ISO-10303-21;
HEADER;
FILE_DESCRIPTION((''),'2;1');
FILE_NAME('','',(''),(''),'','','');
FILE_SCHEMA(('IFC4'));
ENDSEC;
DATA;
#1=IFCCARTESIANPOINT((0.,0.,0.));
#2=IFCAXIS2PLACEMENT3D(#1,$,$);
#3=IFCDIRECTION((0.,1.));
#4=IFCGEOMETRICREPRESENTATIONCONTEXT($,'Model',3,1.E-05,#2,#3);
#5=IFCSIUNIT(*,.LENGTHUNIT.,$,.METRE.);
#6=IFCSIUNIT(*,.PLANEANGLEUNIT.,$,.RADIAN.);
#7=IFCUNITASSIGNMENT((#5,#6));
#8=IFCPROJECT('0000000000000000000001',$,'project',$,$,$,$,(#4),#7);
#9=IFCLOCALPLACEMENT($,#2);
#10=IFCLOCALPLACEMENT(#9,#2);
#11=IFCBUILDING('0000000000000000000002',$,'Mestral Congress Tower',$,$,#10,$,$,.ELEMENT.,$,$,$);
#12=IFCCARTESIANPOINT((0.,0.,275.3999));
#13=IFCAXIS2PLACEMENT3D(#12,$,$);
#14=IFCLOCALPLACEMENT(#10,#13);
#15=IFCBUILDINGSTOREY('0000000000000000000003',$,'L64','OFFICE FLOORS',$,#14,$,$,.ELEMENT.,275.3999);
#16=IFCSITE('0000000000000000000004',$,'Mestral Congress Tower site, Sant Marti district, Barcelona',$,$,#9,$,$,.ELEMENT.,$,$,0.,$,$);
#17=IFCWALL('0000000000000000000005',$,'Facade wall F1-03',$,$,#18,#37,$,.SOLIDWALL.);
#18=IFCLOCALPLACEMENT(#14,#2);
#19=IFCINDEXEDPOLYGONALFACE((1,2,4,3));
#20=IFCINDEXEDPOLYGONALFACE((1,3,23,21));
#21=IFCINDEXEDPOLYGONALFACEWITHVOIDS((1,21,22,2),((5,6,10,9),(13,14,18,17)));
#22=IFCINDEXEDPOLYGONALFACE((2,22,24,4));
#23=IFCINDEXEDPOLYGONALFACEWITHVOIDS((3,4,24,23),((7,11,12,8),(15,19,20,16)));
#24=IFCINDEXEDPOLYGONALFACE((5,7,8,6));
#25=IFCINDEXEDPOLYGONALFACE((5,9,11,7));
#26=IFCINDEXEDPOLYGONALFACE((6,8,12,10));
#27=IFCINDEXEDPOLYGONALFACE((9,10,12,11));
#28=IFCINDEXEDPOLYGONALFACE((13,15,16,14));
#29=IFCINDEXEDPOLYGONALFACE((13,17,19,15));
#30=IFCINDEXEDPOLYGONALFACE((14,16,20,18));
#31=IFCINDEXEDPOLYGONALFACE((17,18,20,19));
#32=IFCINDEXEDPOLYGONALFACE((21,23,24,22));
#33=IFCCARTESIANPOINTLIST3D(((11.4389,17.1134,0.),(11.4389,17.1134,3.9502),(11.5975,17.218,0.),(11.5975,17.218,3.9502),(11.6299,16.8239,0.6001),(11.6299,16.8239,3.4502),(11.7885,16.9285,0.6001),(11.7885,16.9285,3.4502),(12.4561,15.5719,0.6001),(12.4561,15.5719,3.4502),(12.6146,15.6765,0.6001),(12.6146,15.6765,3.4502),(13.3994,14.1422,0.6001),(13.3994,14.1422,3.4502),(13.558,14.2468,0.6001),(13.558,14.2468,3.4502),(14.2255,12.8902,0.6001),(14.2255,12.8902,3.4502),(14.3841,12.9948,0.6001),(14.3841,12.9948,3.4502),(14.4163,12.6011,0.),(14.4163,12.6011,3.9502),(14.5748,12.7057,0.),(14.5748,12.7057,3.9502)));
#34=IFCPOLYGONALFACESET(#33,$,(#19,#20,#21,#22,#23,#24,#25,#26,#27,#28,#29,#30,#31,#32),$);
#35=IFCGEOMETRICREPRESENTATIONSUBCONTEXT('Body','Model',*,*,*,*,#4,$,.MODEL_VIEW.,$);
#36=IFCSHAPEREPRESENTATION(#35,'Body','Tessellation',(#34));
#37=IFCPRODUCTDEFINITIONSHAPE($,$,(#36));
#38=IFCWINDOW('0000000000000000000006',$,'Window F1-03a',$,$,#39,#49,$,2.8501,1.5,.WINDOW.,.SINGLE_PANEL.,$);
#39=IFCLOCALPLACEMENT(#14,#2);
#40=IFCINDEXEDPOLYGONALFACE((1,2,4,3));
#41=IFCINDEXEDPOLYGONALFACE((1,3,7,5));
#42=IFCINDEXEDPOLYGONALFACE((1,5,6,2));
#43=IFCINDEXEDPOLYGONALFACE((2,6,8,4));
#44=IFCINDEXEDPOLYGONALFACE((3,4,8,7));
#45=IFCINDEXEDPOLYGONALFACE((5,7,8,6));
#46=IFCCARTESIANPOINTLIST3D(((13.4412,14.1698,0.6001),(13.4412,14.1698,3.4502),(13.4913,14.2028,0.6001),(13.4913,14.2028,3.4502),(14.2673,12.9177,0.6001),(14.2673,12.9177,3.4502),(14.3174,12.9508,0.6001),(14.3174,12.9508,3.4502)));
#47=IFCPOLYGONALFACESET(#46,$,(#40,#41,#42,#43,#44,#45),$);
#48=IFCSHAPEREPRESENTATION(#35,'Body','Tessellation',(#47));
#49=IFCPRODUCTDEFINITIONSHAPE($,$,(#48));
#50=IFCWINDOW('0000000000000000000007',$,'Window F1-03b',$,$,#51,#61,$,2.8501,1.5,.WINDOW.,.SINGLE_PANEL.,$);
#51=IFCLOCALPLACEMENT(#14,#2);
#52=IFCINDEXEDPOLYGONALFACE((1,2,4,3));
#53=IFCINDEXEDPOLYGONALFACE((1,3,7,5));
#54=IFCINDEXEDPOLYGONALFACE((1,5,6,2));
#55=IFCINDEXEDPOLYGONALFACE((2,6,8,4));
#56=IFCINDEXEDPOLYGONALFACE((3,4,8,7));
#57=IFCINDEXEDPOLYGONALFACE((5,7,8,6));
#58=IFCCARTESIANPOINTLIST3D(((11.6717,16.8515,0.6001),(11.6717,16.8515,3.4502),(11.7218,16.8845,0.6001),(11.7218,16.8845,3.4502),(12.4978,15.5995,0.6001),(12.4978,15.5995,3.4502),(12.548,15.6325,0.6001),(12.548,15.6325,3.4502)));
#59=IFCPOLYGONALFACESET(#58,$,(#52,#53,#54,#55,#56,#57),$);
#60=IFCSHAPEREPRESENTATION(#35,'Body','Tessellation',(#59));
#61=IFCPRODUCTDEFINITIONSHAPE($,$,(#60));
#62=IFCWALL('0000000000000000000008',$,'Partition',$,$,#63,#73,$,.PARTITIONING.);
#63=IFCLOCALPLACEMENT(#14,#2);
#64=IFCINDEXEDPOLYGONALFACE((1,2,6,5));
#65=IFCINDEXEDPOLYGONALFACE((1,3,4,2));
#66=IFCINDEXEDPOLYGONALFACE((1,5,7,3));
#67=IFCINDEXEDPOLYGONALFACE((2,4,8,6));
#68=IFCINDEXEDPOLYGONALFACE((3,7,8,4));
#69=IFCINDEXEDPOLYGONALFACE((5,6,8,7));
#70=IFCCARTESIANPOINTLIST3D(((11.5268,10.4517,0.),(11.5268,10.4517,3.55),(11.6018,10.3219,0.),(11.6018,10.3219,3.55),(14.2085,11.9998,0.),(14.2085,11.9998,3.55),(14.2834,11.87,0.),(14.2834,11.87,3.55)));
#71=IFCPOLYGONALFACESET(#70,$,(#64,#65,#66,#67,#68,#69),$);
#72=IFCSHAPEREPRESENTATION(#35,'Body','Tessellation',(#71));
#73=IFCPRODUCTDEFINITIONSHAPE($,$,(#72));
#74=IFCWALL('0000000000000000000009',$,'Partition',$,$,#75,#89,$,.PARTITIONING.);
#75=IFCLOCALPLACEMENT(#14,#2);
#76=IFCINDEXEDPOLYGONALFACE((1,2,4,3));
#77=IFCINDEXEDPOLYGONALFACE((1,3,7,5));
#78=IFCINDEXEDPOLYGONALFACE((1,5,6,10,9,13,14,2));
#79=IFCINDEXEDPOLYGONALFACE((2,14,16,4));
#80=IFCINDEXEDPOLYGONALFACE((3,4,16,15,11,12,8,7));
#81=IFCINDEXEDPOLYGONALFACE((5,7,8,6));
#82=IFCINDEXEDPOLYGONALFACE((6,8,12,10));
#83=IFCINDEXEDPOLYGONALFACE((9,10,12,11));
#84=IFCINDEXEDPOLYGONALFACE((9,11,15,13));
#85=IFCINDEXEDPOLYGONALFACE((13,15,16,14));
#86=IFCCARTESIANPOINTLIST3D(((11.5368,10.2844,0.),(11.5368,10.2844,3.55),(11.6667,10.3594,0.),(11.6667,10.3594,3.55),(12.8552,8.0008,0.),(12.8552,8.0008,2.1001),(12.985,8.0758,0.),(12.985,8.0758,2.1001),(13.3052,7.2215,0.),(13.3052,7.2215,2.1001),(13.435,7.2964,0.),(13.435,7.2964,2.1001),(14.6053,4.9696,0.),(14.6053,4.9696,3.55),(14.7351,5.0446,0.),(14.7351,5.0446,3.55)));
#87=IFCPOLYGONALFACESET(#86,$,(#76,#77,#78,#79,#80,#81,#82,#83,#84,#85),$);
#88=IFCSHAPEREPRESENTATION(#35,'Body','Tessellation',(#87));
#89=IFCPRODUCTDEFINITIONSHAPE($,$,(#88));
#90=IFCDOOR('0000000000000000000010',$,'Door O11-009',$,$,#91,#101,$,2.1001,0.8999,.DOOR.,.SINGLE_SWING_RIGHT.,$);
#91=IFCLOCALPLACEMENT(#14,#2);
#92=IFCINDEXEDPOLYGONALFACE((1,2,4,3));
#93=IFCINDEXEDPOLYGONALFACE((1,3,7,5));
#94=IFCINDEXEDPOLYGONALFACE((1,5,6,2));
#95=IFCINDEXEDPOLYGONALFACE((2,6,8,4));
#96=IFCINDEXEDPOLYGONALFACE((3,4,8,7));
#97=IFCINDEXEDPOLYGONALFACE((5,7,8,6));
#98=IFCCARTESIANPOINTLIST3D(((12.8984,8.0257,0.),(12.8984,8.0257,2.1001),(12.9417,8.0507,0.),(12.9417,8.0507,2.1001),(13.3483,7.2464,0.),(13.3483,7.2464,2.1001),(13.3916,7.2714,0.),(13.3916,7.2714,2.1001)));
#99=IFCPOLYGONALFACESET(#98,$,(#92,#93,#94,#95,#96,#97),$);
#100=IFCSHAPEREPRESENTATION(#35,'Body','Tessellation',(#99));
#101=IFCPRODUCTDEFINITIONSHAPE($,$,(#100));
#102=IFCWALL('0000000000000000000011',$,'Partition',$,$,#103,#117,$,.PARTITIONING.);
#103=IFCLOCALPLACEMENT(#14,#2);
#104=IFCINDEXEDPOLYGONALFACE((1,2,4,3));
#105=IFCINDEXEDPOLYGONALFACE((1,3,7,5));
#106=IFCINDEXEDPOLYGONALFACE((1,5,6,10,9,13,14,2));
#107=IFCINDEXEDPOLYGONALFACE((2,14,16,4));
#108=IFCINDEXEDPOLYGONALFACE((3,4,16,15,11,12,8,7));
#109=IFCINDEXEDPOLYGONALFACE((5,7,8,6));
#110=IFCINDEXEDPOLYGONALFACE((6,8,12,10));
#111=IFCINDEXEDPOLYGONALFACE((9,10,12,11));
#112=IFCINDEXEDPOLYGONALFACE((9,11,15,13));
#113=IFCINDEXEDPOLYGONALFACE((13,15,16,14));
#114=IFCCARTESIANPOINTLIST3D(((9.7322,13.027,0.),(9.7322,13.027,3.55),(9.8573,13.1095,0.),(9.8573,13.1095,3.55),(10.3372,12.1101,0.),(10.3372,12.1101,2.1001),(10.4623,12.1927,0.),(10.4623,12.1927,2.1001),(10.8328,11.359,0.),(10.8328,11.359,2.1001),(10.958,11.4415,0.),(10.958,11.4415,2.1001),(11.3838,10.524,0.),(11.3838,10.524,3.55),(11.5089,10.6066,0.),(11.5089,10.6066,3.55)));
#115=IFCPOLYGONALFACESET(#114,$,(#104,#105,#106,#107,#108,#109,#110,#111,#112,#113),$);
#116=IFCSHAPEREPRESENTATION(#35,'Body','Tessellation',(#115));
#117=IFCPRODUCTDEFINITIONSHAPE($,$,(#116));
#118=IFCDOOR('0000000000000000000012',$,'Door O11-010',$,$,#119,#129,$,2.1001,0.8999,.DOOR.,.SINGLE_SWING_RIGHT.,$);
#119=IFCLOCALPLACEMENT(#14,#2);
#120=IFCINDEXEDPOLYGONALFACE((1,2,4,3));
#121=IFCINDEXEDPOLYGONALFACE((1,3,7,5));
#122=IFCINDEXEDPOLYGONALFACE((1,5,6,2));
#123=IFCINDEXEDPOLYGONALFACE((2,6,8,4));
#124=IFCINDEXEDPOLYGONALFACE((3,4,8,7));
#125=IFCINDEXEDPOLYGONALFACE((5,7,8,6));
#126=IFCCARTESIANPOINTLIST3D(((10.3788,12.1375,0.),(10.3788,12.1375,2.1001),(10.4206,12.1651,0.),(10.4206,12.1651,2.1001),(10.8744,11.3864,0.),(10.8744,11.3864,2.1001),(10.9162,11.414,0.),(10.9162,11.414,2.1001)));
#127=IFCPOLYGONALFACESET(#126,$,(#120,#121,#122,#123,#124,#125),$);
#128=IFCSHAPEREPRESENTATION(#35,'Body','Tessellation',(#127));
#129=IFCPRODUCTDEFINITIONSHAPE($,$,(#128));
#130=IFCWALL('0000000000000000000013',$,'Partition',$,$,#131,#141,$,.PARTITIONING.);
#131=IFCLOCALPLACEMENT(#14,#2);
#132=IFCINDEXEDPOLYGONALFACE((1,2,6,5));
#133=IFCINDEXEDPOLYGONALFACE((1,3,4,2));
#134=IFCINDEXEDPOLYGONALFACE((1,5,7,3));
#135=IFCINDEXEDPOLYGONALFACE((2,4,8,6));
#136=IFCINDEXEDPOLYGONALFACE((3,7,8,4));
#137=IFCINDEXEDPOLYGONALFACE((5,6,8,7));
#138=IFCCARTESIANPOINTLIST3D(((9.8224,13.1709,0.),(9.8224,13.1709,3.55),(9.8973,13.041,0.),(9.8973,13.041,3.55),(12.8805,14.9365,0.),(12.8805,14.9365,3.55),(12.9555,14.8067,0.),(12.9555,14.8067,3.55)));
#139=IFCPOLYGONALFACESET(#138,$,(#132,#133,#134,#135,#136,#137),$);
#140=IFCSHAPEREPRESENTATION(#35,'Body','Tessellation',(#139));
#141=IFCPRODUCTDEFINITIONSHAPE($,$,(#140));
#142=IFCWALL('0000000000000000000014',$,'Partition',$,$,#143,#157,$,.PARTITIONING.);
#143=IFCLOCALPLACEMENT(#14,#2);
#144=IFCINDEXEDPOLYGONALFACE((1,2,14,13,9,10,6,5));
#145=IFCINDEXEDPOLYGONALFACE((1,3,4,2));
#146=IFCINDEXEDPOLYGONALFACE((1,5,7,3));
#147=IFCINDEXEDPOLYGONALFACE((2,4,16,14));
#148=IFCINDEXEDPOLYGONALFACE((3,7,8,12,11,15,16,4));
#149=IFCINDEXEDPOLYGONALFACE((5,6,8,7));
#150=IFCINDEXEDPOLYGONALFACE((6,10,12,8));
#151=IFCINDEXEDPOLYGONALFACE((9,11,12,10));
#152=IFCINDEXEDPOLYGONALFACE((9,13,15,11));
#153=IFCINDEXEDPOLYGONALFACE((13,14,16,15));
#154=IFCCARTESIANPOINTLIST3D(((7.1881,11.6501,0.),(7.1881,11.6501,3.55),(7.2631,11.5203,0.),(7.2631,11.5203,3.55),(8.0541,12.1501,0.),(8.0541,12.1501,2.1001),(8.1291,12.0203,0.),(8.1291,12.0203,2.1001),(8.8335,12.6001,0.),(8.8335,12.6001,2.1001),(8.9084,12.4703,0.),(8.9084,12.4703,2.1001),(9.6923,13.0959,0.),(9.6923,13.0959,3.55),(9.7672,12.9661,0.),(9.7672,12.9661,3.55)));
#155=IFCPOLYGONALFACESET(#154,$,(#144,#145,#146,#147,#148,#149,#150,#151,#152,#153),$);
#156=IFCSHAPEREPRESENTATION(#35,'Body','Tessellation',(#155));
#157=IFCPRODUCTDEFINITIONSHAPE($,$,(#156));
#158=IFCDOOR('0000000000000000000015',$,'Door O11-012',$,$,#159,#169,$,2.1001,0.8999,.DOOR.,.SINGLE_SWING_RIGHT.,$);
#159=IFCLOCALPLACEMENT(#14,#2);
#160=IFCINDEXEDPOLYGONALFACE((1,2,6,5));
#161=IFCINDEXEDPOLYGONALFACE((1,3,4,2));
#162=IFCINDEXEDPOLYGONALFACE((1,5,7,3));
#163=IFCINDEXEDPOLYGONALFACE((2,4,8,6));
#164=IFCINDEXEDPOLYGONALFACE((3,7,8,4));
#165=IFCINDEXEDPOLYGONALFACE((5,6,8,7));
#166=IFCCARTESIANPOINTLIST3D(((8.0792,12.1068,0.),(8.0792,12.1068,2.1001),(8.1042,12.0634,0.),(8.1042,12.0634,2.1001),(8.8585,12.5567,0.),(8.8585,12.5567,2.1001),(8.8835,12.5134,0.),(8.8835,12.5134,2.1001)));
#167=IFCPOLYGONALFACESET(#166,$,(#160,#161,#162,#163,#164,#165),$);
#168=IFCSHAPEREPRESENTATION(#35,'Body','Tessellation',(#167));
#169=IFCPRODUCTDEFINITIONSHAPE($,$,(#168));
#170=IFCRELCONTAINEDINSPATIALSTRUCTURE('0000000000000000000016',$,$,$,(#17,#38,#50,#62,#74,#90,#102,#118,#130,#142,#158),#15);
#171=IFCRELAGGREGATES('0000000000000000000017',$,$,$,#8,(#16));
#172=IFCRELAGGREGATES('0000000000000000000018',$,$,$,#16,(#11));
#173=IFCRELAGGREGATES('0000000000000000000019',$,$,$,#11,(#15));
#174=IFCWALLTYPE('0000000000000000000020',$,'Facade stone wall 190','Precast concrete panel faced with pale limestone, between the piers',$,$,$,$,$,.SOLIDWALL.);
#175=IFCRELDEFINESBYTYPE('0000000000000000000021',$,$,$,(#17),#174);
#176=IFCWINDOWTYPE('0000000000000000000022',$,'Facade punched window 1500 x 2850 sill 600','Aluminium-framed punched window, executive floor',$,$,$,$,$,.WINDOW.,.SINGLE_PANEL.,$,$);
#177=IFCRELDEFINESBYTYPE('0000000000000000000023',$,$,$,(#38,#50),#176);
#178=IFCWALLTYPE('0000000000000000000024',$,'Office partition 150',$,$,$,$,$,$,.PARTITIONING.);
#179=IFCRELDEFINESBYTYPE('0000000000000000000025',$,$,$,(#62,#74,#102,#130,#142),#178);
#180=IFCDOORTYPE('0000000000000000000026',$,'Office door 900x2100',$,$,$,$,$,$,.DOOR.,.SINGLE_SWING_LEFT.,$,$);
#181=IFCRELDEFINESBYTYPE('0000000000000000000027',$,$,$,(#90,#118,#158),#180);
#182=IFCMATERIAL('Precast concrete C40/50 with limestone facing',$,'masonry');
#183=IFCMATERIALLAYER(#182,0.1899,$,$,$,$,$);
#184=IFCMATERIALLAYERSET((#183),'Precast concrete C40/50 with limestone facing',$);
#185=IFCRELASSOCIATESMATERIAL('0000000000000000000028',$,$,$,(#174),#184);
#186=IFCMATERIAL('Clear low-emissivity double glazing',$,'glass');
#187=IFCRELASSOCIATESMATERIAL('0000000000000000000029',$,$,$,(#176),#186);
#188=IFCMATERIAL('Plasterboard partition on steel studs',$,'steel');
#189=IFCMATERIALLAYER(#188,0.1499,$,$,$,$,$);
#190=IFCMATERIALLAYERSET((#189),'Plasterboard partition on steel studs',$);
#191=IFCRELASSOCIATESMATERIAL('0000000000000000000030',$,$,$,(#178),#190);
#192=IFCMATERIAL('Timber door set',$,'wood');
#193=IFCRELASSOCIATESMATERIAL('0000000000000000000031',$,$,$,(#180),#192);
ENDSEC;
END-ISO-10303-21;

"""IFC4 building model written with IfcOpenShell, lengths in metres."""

from ifc_helpers import new_model, si_unit, direction, frame, frame_2d, origin, place, context, subcontext, project, spatial, rectangle, extrude, material, layer, layer_set, type_object, element, fill, save


model = new_model("IFC4")

# Units and contexts
model_context = context("Model", 3, precision=1e-05, world=origin(), true_north=direction((0.0, 1.0)))
body_context = subcontext(model_context, "Body", "Model", "MODEL_VIEW")
ifc_project = project(units=[si_unit("LENGTHUNIT", "METRE"), si_unit("PLANEANGLEUNIT", "RADIAN")], contexts=[model_context])

# Site, building, storey
site_placement = place(None, origin())
site = spatial("IfcSite", under=ifc_project, at=site_placement, Name="Mestral Congress Tower site, Sant Marti district, Barcelona", CompositionType="ELEMENT", RefElevation=0.0)
building_placement = place(site_placement, origin())
building = spatial("IfcBuilding", under=site, at=building_placement, Name="Mestral Congress Tower", CompositionType="ELEMENT")
storey_placement = place(building_placement, frame((0.0, 0.0, 275.3999)))
storey = spatial("IfcBuildingStorey", under=building, at=storey_placement, Name="L64", Description="OFFICE FLOORS", CompositionType="ELEMENT", Elevation=275.3999)

# Wall, openings, windows
ifc_material_1 = material(Name="Precast concrete C40/50 with limestone facing", Category="masonry")
ifc_layer_1 = layer(ifc_material_1, 0.1899)
ifc_layer_set_1 = layer_set([ifc_layer_1], Name="Precast concrete C40/50 with limestone facing")
wall_type_1 = type_object("IfcWallType", Name="Facade stone wall 190", Description="Precast concrete panel faced with pale limestone, between the piers", PredefinedType="SOLIDWALL", material=ifc_layer_set_1)
wall_1_placement = place(storey_placement, frame((14.4956, 12.6533, 0.0), z_axis=(0.0, 0.0, 1.0), x_axis=(-0.550744, 0.834674, 0.0)))
wall_1 = element("IfcWall", 1, at=wall_1_placement, inside=storey, type_object=wall_type_1, Name="Facade wall F1-03", PredefinedType="SOLIDWALL", context=body_context, shape_type="SweptSolid", body=[
    extrude(rectangle(XDim=5.406, YDim=0.1899, at=frame_2d((2.7031, 0.0))), origin(), (0.0, 0.0, 1.0), 3.9502),
])
opening_1_placement = place(wall_1_placement, frame((0.3464, 0.0, 0.6001)))
opening_1 = element("IfcOpeningElement", 2, at=opening_1_placement, cuts=wall_1, PredefinedType="OPENING", context=body_context, shape_type="SweptSolid", body=[
    extrude(rectangle(XDim=1.5, YDim=2.8501, at=frame_2d((0.75, 1.425))), frame((0.0, 0.105, 0.0), z_axis=(0.0, -1.0, 0.0), x_axis=(1.0, 0.0, 0.0)), (0.0, 0.0, 1.0), 0.21),
])
opening_2_placement = place(wall_1_placement, frame((3.5593, 0.0, 0.6001)))
opening_2 = element("IfcOpeningElement", 3, at=opening_2_placement, cuts=wall_1, PredefinedType="OPENING", context=body_context, shape_type="SweptSolid", body=[
    extrude(rectangle(XDim=1.5, YDim=2.8501, at=frame_2d((0.75, 1.425))), frame((0.0, 0.105, 0.0), z_axis=(0.0, -1.0, 0.0), x_axis=(1.0, 0.0, 0.0)), (0.0, 0.0, 1.0), 0.21),
])
ifc_material_2 = material(Name="Clear low-emissivity double glazing", Category="glass")
window_type = type_object("IfcWindowType", Name="Facade punched window 1500 x 2850 sill 600", Description="Aluminium-framed punched window, executive floor", PartitioningType="SINGLE_PANEL", PredefinedType="WINDOW", material=ifc_material_2)
window_1_placement = place(opening_1_placement, origin())
window_1 = element("IfcWindow", 4, at=window_1_placement, inside=storey, type_object=window_type, Name="Window F1-03a", OverallHeight=2.8501, OverallWidth=1.5, PartitioningType="SINGLE_PANEL", PredefinedType="WINDOW", context=body_context, shape_type="SweptSolid", body=[
    extrude(rectangle(XDim=1.5, YDim=2.8501, at=frame_2d((0.75, 1.425))), frame((0.0, 0.0449, 0.0), z_axis=(0.0, -1.0, 0.0), x_axis=(1.0, 0.0, 0.0)), (0.0, 0.0, 1.0), 0.0601),
])
fill(opening_1, window_1)
window_2_placement = place(opening_2_placement, origin())
window_2 = element("IfcWindow", 5, at=window_2_placement, inside=storey, type_object=window_type, Name="Window F1-03b", OverallHeight=2.8501, OverallWidth=1.5, PartitioningType="SINGLE_PANEL", PredefinedType="WINDOW", context=body_context, shape_type="SweptSolid", body=[
    extrude(rectangle(XDim=1.5, YDim=2.8501, at=frame_2d((0.75, 1.425))), frame((0.0, 0.0449, 0.0), z_axis=(0.0, -1.0, 0.0), x_axis=(1.0, 0.0, 0.0)), (0.0, 0.0, 1.0), 0.0601),
])
fill(opening_2, window_2)

# Wall
ifc_material_3 = material(Name="Plasterboard partition on steel studs", Category="steel")
ifc_layer_2 = layer(ifc_material_3, 0.1499)
ifc_layer_set_2 = layer_set([ifc_layer_2], Name="Plasterboard partition on steel studs")
wall_type_2 = type_object("IfcWallType", Name="Office partition 150", PredefinedType="PARTITIONING", material=ifc_layer_set_2)
wall_2_placement = place(storey_placement, frame((11.5642, 10.3867, 0.0), z_axis=(0.0, 0.0, 1.0), x_axis=(0.866046, 0.499964, 0.0)))
element("IfcWall", 6, at=wall_2_placement, inside=storey, type_object=wall_type_2, Name="Partition", PredefinedType="PARTITIONING", context=body_context, shape_type="SweptSolid", body=[
    extrude(rectangle(XDim=3.0964, YDim=0.1499, at=frame_2d((1.5483, 0.0))), origin(), (0.0, 0.0, 1.0), 3.55),
])

# Walls, openings, doors
wall_3_placement = place(storey_placement, frame((11.6018, 10.3218, 0.0), z_axis=(0.0, 0.0, 1.0), x_axis=(0.49999, -0.866031, 0.0)))
wall_3 = element("IfcWall", 7, at=wall_3_placement, inside=storey, type_object=wall_type_2, Name="Partition", PredefinedType="PARTITIONING", context=body_context, shape_type="SweptSolid", body=[
    extrude(rectangle(XDim=6.137, YDim=0.1499, at=frame_2d((3.0684, 0.0))), origin(), (0.0, 0.0, 1.0), 3.55),
])
opening_3_placement = place(wall_3_placement, frame((2.6367, 0.0, 0.0)))
opening_3 = element("IfcOpeningElement", 8, at=opening_3_placement, cuts=wall_3, PredefinedType="OPENING", context=body_context, shape_type="SweptSolid", body=[
    extrude(rectangle(XDim=0.8999, YDim=2.1001, at=frame_2d((0.45, 1.05))), frame((0.0, 0.085, 0.0), z_axis=(0.0, -1.0, 0.0), x_axis=(1.0, 0.0, 0.0)), (0.0, 0.0, 1.0), 0.1699),
])
ifc_material_4 = material(Name="Timber door set", Category="wood")
door_type_1 = type_object("IfcDoorType", Name="Office door 900x2100", OperationType="SINGLE_SWING_LEFT", PredefinedType="DOOR", material=ifc_material_4)
door_1_placement = place(opening_3_placement, origin())
door_1 = element("IfcDoor", 9, at=door_1_placement, inside=storey, type_object=door_type_1, Name="Door O11-009", OperationType="SINGLE_SWING_RIGHT", OverallHeight=2.1001, OverallWidth=0.8999, PredefinedType="DOOR", context=body_context, shape_type="SweptSolid", body=[
    extrude(rectangle(XDim=0.8999, YDim=2.1001, at=frame_2d((0.45, 1.05))), frame((0.0, 0.0249, 0.0), z_axis=(0.0, -1.0, 0.0), x_axis=(1.0, 0.0, 0.0)), (0.0, 0.0, 1.0), 0.05),
])
fill(opening_3, door_1)
wall_4_placement = place(storey_placement, frame((9.7947, 13.0684, 0.0), z_axis=(0.0, 0.0, 1.0), x_axis=(0.550767, -0.834659, 0.0)))
wall_4 = element("IfcWall", 10, at=wall_4_placement, inside=storey, type_object=wall_type_2, Name="Partition", PredefinedType="PARTITIONING", context=body_context, shape_type="SweptSolid", body=[
    extrude(rectangle(XDim=2.9988, YDim=0.1499, at=frame_2d((1.4995, 0.0))), origin(), (0.0, 0.0, 1.0), 3.55),
])
opening_4_placement = place(wall_4_placement, frame((1.0986, 0.0, 0.0)))
opening_4 = element("IfcOpeningElement", 11, at=opening_4_placement, cuts=wall_4, PredefinedType="OPENING", context=body_context, shape_type="SweptSolid", body=[
    extrude(rectangle(XDim=0.8999, YDim=2.1001, at=frame_2d((0.45, 1.05))), frame((0.0, 0.085, 0.0), z_axis=(0.0, -1.0, 0.0), x_axis=(1.0, 0.0, 0.0)), (0.0, 0.0, 1.0), 0.1699),
])
door_2_placement = place(opening_4_placement, origin())
door_2 = element("IfcDoor", 12, at=door_2_placement, inside=storey, type_object=door_type_1, Name="Door O11-010", OperationType="SINGLE_SWING_RIGHT", OverallHeight=2.1001, OverallWidth=0.8999, PredefinedType="DOOR", context=body_context, shape_type="SweptSolid", body=[
    extrude(rectangle(XDim=0.8999, YDim=2.1001, at=frame_2d((0.45, 1.05))), frame((0.0, 0.0249, 0.0), z_axis=(0.0, -1.0, 0.0), x_axis=(1.0, 0.0, 0.0)), (0.0, 0.0, 1.0), 0.05),
])
fill(opening_4, door_2)

# Wall
wall_5_placement = place(storey_placement, frame((9.8599, 13.106, 0.0), z_axis=(0.0, 0.0, 1.0), x_axis=(0.866022, 0.500006, 0.0)))
element("IfcWall", 13, at=wall_5_placement, inside=storey, type_object=wall_type_2, Name="Partition", PredefinedType="PARTITIONING", context=body_context, shape_type="SweptSolid", body=[
    extrude(rectangle(XDim=3.5312, YDim=0.1499, at=frame_2d((1.7656, 0.0))), origin(), (0.0, 0.0, 1.0), 3.55),
])

# Wall, opening, door
wall_6_placement = place(storey_placement, frame((7.2256, 11.5852, 0.0), z_axis=(0.0, 0.0, 1.0), x_axis=(0.866021, 0.500007, 0.0)))
wall_6 = element("IfcWall", 14, at=wall_6_placement, inside=storey, type_object=wall_type_2, Name="Partition", PredefinedType="PARTITIONING", context=body_context, shape_type="SweptSolid", body=[
    extrude(rectangle(XDim=2.8916, YDim=0.1499, at=frame_2d((1.4458, 0.0))), origin(), (0.0, 0.0, 1.0), 3.55),
])
opening_5_placement = place(wall_6_placement, frame((1.0, 0.0, 0.0)))
opening_5 = element("IfcOpeningElement", 15, at=opening_5_placement, cuts=wall_6, PredefinedType="OPENING", context=body_context, shape_type="SweptSolid", body=[
    extrude(rectangle(XDim=0.8999, YDim=2.1001, at=frame_2d((0.45, 1.05))), frame((0.0, 0.085, 0.0), z_axis=(0.0, -1.0, 0.0), x_axis=(1.0, 0.0, 0.0)), (0.0, 0.0, 1.0), 0.1699),
])
door_3_placement = place(opening_5_placement, origin())
door_3 = element("IfcDoor", 16, at=door_3_placement, inside=storey, type_object=door_type_1, Name="Door O11-012", OperationType="SINGLE_SWING_RIGHT", OverallHeight=2.1001, OverallWidth=0.8999, PredefinedType="DOOR", context=body_context, shape_type="SweptSolid", body=[
    extrude(rectangle(XDim=0.8999, YDim=2.1001, at=frame_2d((0.45, 1.05))), frame((0.0, 0.0249, 0.0), z_axis=(0.0, -1.0, 0.0), x_axis=(1.0, 0.0, 0.0)), (0.0, 0.0, 1.0), 0.05),
])
fill(opening_5, door_3)

save(model, "model.ifc")
